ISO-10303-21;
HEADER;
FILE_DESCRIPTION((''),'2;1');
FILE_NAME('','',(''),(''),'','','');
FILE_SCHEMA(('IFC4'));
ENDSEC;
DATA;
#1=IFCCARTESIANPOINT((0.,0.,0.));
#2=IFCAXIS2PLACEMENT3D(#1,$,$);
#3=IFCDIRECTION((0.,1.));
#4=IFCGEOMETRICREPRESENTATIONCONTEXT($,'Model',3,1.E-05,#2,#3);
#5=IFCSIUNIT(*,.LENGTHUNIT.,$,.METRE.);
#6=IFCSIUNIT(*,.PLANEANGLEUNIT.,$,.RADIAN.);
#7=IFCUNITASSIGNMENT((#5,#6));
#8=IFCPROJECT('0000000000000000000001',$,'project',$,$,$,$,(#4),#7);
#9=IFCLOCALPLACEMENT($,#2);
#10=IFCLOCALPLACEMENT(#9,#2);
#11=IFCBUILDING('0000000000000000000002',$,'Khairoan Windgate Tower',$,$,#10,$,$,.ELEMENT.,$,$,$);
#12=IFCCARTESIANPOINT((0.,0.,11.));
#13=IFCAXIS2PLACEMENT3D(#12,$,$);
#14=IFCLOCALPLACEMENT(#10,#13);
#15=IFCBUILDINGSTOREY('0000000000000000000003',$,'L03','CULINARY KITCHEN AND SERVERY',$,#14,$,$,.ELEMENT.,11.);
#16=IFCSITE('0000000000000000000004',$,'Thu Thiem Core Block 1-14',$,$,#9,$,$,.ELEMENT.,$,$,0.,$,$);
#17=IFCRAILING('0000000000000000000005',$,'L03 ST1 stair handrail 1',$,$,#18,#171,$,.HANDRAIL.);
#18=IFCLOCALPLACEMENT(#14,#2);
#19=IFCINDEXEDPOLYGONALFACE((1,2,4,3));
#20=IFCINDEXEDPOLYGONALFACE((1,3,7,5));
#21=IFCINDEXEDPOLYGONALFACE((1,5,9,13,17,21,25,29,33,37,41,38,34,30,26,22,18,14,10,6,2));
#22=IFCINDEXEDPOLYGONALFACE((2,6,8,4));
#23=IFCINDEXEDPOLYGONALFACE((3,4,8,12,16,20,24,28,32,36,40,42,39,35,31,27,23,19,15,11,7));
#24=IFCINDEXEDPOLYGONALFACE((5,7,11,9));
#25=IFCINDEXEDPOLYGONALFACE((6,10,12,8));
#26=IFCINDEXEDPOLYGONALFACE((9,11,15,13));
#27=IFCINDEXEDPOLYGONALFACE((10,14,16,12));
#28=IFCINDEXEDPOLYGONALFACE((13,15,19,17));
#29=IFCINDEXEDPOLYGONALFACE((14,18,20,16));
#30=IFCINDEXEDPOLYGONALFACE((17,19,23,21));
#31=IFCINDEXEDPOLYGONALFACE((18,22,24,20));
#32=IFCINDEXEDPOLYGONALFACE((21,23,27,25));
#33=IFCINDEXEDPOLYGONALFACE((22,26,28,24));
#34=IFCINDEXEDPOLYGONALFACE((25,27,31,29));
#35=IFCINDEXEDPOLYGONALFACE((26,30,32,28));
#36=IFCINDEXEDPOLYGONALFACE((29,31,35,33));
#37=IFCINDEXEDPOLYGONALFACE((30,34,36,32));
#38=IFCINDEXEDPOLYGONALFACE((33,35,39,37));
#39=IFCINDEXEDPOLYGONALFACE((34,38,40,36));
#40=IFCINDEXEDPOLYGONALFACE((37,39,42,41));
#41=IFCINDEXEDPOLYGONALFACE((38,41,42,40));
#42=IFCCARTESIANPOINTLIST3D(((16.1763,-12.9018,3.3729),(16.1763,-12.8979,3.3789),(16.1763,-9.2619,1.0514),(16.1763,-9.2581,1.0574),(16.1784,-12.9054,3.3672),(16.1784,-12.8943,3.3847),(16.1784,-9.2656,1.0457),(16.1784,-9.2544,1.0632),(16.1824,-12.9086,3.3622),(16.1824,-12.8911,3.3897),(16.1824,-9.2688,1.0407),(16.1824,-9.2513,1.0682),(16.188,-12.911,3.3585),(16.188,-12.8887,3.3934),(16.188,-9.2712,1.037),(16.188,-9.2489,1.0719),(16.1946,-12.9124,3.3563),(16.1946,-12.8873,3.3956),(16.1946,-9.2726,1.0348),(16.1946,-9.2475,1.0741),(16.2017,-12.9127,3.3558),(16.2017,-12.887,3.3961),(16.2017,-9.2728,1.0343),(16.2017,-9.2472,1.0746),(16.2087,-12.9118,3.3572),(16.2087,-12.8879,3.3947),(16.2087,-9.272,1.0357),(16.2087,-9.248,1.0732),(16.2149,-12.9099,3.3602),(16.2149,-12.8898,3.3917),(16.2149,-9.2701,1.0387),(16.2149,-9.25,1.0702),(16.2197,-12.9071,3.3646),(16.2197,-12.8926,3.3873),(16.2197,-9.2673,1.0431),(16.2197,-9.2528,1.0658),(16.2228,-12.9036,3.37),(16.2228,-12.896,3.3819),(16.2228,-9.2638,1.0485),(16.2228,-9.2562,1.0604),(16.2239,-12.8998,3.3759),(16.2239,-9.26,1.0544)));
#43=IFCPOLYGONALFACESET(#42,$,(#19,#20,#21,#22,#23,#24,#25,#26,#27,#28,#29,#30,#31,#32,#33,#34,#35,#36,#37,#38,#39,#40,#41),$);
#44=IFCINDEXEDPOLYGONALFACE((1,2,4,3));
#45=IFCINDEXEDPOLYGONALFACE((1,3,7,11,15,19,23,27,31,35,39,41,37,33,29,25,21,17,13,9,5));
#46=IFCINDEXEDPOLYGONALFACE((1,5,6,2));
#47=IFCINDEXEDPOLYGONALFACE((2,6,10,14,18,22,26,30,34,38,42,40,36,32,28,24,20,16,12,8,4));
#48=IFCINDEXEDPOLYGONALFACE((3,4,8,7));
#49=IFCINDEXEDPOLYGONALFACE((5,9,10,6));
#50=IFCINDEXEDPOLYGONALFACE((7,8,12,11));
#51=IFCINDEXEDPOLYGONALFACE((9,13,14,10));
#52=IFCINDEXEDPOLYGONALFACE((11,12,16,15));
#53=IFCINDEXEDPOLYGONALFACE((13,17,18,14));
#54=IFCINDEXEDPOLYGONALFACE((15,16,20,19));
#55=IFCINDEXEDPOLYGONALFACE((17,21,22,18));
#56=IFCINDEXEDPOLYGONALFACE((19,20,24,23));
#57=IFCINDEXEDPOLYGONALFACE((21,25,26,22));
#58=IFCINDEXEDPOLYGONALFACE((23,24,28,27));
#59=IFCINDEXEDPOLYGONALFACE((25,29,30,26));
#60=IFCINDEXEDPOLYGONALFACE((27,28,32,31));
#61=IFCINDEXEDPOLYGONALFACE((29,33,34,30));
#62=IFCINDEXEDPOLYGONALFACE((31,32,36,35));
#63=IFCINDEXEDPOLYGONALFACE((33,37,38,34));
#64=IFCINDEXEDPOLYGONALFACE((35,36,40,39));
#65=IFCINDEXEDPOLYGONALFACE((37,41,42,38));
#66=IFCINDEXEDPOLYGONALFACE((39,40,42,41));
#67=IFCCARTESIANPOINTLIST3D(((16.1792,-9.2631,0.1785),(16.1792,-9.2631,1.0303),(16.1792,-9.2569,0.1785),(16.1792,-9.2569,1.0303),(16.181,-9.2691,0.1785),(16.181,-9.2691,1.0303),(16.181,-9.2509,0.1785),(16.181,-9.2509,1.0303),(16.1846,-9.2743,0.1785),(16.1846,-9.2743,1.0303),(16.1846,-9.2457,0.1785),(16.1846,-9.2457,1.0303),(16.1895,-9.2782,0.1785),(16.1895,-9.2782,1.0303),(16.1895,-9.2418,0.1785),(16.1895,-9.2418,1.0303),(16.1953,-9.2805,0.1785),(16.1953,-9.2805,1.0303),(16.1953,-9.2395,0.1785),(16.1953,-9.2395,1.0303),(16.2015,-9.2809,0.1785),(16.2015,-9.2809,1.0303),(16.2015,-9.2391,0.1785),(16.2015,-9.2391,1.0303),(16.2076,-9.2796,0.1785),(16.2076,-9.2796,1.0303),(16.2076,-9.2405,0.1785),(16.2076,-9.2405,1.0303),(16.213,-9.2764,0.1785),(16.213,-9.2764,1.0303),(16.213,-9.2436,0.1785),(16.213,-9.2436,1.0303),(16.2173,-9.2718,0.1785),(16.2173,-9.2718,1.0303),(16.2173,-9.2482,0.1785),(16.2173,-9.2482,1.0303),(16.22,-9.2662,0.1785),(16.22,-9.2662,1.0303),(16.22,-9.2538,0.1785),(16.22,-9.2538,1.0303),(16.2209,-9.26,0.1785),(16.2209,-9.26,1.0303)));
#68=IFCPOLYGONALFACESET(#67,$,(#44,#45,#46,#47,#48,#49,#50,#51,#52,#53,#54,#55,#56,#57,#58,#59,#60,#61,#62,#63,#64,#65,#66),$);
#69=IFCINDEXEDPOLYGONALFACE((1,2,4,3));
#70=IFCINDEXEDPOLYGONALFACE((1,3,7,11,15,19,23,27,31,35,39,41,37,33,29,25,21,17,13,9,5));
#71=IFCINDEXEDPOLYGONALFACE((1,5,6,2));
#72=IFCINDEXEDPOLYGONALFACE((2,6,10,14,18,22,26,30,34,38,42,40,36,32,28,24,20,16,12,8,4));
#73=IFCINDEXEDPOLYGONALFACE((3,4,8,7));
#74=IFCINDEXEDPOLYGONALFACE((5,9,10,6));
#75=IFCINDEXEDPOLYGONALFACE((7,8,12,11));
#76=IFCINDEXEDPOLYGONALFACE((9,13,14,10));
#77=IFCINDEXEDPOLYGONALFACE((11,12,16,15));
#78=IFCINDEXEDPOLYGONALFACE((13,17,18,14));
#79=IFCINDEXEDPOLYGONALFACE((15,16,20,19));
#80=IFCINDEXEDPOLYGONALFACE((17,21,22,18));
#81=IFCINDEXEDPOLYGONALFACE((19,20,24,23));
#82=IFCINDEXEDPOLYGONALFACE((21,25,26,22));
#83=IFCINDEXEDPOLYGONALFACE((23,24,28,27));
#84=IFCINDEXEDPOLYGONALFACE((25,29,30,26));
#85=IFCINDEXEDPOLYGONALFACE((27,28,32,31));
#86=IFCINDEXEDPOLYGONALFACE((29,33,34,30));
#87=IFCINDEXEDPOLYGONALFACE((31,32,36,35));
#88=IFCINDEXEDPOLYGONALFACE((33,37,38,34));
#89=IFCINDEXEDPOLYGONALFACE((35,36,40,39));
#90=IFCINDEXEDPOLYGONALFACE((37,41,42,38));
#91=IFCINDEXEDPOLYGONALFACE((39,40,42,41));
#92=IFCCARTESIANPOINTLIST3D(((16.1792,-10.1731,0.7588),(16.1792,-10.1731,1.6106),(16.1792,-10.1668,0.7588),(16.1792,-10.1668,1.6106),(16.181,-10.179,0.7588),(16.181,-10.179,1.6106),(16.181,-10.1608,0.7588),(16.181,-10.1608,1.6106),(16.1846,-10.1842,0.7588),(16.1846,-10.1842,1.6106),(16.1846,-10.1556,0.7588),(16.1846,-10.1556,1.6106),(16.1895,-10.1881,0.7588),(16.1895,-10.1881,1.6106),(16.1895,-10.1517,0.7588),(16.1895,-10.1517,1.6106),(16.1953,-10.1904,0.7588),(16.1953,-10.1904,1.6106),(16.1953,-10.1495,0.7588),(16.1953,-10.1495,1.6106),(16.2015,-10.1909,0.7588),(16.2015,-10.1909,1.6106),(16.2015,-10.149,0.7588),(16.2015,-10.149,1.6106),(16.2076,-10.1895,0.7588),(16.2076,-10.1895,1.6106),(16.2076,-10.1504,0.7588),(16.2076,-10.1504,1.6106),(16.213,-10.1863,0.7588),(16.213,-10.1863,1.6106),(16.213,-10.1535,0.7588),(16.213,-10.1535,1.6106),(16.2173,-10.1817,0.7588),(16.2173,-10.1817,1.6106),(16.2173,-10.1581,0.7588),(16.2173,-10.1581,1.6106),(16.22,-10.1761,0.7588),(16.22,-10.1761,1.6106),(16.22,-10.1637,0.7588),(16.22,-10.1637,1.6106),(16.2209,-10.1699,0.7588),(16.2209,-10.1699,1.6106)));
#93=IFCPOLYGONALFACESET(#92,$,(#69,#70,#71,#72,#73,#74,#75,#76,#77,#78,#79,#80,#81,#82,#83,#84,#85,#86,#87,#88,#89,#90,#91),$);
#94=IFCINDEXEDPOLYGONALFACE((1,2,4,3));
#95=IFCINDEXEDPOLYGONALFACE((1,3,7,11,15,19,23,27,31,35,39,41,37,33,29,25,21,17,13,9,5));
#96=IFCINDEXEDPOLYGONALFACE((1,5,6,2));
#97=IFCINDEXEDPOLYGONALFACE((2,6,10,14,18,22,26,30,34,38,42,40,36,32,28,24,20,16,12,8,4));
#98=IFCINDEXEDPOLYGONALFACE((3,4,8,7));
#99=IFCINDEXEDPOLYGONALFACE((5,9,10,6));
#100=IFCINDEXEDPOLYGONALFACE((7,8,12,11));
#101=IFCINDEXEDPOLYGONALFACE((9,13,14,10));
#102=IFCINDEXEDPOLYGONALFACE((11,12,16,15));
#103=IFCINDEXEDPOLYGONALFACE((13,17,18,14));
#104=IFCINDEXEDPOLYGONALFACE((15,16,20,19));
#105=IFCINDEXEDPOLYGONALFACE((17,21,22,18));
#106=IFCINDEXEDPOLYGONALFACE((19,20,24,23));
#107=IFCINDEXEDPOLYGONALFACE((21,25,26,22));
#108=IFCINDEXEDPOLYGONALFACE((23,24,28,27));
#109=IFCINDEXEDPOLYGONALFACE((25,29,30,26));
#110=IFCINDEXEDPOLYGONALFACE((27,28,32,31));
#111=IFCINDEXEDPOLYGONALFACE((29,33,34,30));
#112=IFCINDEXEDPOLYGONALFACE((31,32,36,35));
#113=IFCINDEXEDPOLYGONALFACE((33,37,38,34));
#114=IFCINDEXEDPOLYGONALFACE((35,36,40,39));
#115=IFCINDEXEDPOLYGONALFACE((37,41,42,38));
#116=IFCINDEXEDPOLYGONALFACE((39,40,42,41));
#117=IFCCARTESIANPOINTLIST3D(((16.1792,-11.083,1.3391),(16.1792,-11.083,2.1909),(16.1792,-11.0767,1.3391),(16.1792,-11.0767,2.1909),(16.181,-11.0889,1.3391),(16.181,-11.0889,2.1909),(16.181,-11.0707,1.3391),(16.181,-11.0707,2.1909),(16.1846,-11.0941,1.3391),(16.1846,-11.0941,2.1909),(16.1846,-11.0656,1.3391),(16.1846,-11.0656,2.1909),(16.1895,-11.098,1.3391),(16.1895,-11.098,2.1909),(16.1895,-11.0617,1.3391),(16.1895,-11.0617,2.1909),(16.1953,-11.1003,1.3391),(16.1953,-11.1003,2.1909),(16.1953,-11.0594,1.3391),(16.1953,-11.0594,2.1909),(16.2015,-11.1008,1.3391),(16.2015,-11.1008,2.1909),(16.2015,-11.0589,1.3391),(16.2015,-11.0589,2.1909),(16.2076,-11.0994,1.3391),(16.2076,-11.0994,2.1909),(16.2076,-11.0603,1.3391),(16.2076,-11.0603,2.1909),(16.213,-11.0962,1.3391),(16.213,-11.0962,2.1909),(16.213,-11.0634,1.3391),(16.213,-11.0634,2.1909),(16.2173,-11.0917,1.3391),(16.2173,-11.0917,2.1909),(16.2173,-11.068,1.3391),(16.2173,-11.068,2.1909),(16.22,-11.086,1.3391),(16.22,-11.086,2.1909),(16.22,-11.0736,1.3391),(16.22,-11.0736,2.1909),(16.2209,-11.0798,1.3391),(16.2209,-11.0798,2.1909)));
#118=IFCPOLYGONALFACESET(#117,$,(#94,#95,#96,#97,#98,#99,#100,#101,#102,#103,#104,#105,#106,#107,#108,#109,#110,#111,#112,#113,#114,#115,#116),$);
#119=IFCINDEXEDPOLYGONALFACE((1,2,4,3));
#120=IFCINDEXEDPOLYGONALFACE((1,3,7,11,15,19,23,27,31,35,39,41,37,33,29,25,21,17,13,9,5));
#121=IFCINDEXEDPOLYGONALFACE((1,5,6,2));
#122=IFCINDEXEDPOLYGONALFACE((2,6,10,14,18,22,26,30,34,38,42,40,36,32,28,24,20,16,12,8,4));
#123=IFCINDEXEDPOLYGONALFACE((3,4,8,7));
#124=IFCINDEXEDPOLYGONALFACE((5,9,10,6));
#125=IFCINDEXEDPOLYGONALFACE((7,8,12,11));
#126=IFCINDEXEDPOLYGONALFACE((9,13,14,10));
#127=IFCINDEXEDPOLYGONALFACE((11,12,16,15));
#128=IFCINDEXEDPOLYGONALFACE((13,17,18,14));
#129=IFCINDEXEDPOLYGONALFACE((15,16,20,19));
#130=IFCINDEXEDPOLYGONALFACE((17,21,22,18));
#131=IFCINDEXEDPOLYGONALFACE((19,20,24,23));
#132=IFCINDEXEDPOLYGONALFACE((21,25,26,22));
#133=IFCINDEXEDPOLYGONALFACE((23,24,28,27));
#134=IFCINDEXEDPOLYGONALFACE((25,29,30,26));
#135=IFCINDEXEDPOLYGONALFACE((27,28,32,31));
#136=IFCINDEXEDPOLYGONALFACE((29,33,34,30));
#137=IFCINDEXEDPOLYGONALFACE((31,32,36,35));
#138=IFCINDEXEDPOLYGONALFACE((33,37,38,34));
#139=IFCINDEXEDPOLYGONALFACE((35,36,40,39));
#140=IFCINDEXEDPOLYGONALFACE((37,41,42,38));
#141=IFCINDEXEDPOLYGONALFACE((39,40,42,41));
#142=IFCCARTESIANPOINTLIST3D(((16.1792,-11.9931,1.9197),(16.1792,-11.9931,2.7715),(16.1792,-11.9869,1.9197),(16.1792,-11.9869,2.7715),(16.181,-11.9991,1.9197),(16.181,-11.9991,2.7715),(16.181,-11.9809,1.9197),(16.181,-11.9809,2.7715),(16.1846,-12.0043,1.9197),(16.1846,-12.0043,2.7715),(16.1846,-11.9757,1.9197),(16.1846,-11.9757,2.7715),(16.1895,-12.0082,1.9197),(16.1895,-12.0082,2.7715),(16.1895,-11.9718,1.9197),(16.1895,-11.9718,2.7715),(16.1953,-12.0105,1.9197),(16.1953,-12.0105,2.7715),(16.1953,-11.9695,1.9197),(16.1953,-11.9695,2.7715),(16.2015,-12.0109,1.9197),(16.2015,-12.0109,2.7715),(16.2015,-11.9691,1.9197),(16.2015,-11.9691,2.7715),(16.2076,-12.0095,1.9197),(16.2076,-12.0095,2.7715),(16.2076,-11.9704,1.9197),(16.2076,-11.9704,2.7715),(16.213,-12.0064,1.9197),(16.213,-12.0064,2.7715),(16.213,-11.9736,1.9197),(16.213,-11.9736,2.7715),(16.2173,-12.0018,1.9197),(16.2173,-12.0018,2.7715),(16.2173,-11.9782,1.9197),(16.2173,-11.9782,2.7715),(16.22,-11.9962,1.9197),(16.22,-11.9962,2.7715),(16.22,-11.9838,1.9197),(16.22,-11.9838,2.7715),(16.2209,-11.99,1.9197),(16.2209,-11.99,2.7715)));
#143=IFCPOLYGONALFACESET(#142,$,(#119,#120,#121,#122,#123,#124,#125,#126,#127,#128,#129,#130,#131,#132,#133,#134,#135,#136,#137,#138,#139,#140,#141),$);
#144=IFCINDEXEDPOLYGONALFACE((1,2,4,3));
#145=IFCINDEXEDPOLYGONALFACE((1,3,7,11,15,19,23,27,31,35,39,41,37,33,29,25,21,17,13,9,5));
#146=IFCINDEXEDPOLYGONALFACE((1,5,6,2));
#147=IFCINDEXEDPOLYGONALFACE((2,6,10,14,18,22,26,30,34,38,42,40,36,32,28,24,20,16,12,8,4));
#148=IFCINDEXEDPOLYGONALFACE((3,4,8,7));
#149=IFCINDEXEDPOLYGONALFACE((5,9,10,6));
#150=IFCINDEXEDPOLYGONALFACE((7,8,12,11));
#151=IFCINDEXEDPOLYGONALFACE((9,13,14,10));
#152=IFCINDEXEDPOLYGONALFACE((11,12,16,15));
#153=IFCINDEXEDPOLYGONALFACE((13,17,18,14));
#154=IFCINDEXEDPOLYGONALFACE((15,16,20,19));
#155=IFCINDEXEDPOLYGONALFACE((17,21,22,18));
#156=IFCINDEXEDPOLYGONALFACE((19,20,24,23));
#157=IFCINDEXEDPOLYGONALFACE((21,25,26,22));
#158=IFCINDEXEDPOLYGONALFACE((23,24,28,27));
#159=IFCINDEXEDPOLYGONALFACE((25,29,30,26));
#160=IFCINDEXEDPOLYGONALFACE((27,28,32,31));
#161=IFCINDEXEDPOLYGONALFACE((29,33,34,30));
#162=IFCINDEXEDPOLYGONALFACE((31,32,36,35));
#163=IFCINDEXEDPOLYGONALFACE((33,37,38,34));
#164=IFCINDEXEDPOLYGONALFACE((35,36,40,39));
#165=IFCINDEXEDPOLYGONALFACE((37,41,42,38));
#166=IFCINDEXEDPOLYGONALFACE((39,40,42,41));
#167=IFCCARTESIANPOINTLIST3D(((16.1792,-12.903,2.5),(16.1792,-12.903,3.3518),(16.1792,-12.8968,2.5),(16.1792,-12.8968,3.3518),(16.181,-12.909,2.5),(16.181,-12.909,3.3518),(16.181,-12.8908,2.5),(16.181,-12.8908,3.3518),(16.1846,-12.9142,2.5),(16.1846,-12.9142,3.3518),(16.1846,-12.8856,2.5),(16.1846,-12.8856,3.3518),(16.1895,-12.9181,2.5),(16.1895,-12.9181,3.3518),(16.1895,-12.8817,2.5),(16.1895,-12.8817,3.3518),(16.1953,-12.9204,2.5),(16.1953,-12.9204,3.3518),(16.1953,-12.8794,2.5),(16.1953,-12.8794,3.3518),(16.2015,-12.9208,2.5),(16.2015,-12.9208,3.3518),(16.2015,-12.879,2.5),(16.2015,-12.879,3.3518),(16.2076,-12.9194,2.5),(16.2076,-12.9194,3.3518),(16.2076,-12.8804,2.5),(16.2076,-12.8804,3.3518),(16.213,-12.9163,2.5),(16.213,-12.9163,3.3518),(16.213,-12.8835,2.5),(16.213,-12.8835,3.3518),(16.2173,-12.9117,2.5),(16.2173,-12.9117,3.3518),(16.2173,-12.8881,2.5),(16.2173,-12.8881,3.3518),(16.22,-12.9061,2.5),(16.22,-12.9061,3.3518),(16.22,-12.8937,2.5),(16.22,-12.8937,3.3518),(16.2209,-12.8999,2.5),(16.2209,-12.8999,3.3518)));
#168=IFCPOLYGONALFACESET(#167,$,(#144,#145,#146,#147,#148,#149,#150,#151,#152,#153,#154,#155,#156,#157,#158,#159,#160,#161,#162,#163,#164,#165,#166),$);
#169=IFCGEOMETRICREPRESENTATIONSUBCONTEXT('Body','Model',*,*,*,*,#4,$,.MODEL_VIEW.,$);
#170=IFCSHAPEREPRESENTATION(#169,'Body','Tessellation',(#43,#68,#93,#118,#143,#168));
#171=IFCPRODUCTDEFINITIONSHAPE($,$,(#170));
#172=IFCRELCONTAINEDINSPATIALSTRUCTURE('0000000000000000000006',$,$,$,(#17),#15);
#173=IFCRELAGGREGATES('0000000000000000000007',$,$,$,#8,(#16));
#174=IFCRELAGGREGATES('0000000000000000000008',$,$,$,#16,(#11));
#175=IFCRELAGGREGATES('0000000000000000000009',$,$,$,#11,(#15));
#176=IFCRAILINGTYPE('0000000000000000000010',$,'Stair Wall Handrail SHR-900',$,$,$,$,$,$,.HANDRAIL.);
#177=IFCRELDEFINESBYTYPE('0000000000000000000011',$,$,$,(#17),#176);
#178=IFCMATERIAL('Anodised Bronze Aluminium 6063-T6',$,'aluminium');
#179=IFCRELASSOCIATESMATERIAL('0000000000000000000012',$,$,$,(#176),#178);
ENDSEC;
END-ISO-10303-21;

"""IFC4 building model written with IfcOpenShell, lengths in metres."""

from ifc_helpers import new_model, si_unit, direction, frame, origin, origin_2d, place, context, subcontext, project, spatial, circle, extrude, material, type_object, element, save


model = new_model("IFC4")

# Units and contexts
model_context = context("Model", 3, precision=1e-05, world=origin(), true_north=direction((0.0, 1.0)))
body_context = subcontext(model_context, "Body", "Model", "MODEL_VIEW")
ifc_project = project(units=[si_unit("LENGTHUNIT", "METRE"), si_unit("PLANEANGLEUNIT", "RADIAN")], contexts=[model_context])

# Site, building, storey
site_placement = place(None, origin())
site = spatial("IfcSite", under=ifc_project, at=site_placement, Name="Thu Thiem Core Block 1-14", CompositionType="ELEMENT", RefElevation=0.0)
building_placement = place(site_placement, origin())
building = spatial("IfcBuilding", under=site, at=building_placement, Name="Khairoan Windgate Tower", CompositionType="ELEMENT")
storey_placement = place(building_placement, frame((0.0, 0.0, 11.0)))
storey = spatial("IfcBuildingStorey", under=building, at=storey_placement, Name="L03", Description="CULINARY KITCHEN AND SERVERY", CompositionType="ELEMENT", Elevation=11.0)

# Railing
ifc_material_1 = material(Name="Anodised Bronze Aluminium 6063-T6", Category="aluminium")
railing_type_1 = type_object("IfcRailingType", Name="Stair Wall Handrail SHR-900", PredefinedType="HANDRAIL", material=ifc_material_1)
railing_1_placement = place(storey_placement, frame((16.2, -9.26, 0.1785)))
element("IfcRailing", 1, at=railing_1_placement, inside=storey, type_object=railing_type_1, Name="L03 ST1 stair handrail 1", PredefinedType="HANDRAIL", context=body_context, shape_type="SweptSolid", body=[
    extrude(circle(Radius=0.0239, at=origin_2d()), frame((0.0, 0.0, 0.876), z_axis=(0.0, -0.843112, 0.537739), x_axis=(1.0, 0.0, 0.0)), (0.0, 0.0, 1.0), 4.3171),
    extrude(circle(Radius=0.021, at=origin_2d()), origin(), (0.0, 0.0, 1.0), 0.8518),
    extrude(circle(Radius=0.021, at=origin_2d()), frame((0.0, -0.9099, 0.5803)), (0.0, 0.0, 1.0), 0.8518),
    extrude(circle(Radius=0.021, at=origin_2d()), frame((0.0, -1.8198, 1.1606)), (0.0, 0.0, 1.0), 0.8518),
    extrude(circle(Radius=0.021, at=origin_2d()), frame((0.0, -2.73, 1.7412)), (0.0, 0.0, 1.0), 0.8518),
    extrude(circle(Radius=0.021, at=origin_2d()), frame((0.0, -3.6399, 2.3215)), (0.0, 0.0, 1.0), 0.8518),
])

save(model, "model.ifc")
